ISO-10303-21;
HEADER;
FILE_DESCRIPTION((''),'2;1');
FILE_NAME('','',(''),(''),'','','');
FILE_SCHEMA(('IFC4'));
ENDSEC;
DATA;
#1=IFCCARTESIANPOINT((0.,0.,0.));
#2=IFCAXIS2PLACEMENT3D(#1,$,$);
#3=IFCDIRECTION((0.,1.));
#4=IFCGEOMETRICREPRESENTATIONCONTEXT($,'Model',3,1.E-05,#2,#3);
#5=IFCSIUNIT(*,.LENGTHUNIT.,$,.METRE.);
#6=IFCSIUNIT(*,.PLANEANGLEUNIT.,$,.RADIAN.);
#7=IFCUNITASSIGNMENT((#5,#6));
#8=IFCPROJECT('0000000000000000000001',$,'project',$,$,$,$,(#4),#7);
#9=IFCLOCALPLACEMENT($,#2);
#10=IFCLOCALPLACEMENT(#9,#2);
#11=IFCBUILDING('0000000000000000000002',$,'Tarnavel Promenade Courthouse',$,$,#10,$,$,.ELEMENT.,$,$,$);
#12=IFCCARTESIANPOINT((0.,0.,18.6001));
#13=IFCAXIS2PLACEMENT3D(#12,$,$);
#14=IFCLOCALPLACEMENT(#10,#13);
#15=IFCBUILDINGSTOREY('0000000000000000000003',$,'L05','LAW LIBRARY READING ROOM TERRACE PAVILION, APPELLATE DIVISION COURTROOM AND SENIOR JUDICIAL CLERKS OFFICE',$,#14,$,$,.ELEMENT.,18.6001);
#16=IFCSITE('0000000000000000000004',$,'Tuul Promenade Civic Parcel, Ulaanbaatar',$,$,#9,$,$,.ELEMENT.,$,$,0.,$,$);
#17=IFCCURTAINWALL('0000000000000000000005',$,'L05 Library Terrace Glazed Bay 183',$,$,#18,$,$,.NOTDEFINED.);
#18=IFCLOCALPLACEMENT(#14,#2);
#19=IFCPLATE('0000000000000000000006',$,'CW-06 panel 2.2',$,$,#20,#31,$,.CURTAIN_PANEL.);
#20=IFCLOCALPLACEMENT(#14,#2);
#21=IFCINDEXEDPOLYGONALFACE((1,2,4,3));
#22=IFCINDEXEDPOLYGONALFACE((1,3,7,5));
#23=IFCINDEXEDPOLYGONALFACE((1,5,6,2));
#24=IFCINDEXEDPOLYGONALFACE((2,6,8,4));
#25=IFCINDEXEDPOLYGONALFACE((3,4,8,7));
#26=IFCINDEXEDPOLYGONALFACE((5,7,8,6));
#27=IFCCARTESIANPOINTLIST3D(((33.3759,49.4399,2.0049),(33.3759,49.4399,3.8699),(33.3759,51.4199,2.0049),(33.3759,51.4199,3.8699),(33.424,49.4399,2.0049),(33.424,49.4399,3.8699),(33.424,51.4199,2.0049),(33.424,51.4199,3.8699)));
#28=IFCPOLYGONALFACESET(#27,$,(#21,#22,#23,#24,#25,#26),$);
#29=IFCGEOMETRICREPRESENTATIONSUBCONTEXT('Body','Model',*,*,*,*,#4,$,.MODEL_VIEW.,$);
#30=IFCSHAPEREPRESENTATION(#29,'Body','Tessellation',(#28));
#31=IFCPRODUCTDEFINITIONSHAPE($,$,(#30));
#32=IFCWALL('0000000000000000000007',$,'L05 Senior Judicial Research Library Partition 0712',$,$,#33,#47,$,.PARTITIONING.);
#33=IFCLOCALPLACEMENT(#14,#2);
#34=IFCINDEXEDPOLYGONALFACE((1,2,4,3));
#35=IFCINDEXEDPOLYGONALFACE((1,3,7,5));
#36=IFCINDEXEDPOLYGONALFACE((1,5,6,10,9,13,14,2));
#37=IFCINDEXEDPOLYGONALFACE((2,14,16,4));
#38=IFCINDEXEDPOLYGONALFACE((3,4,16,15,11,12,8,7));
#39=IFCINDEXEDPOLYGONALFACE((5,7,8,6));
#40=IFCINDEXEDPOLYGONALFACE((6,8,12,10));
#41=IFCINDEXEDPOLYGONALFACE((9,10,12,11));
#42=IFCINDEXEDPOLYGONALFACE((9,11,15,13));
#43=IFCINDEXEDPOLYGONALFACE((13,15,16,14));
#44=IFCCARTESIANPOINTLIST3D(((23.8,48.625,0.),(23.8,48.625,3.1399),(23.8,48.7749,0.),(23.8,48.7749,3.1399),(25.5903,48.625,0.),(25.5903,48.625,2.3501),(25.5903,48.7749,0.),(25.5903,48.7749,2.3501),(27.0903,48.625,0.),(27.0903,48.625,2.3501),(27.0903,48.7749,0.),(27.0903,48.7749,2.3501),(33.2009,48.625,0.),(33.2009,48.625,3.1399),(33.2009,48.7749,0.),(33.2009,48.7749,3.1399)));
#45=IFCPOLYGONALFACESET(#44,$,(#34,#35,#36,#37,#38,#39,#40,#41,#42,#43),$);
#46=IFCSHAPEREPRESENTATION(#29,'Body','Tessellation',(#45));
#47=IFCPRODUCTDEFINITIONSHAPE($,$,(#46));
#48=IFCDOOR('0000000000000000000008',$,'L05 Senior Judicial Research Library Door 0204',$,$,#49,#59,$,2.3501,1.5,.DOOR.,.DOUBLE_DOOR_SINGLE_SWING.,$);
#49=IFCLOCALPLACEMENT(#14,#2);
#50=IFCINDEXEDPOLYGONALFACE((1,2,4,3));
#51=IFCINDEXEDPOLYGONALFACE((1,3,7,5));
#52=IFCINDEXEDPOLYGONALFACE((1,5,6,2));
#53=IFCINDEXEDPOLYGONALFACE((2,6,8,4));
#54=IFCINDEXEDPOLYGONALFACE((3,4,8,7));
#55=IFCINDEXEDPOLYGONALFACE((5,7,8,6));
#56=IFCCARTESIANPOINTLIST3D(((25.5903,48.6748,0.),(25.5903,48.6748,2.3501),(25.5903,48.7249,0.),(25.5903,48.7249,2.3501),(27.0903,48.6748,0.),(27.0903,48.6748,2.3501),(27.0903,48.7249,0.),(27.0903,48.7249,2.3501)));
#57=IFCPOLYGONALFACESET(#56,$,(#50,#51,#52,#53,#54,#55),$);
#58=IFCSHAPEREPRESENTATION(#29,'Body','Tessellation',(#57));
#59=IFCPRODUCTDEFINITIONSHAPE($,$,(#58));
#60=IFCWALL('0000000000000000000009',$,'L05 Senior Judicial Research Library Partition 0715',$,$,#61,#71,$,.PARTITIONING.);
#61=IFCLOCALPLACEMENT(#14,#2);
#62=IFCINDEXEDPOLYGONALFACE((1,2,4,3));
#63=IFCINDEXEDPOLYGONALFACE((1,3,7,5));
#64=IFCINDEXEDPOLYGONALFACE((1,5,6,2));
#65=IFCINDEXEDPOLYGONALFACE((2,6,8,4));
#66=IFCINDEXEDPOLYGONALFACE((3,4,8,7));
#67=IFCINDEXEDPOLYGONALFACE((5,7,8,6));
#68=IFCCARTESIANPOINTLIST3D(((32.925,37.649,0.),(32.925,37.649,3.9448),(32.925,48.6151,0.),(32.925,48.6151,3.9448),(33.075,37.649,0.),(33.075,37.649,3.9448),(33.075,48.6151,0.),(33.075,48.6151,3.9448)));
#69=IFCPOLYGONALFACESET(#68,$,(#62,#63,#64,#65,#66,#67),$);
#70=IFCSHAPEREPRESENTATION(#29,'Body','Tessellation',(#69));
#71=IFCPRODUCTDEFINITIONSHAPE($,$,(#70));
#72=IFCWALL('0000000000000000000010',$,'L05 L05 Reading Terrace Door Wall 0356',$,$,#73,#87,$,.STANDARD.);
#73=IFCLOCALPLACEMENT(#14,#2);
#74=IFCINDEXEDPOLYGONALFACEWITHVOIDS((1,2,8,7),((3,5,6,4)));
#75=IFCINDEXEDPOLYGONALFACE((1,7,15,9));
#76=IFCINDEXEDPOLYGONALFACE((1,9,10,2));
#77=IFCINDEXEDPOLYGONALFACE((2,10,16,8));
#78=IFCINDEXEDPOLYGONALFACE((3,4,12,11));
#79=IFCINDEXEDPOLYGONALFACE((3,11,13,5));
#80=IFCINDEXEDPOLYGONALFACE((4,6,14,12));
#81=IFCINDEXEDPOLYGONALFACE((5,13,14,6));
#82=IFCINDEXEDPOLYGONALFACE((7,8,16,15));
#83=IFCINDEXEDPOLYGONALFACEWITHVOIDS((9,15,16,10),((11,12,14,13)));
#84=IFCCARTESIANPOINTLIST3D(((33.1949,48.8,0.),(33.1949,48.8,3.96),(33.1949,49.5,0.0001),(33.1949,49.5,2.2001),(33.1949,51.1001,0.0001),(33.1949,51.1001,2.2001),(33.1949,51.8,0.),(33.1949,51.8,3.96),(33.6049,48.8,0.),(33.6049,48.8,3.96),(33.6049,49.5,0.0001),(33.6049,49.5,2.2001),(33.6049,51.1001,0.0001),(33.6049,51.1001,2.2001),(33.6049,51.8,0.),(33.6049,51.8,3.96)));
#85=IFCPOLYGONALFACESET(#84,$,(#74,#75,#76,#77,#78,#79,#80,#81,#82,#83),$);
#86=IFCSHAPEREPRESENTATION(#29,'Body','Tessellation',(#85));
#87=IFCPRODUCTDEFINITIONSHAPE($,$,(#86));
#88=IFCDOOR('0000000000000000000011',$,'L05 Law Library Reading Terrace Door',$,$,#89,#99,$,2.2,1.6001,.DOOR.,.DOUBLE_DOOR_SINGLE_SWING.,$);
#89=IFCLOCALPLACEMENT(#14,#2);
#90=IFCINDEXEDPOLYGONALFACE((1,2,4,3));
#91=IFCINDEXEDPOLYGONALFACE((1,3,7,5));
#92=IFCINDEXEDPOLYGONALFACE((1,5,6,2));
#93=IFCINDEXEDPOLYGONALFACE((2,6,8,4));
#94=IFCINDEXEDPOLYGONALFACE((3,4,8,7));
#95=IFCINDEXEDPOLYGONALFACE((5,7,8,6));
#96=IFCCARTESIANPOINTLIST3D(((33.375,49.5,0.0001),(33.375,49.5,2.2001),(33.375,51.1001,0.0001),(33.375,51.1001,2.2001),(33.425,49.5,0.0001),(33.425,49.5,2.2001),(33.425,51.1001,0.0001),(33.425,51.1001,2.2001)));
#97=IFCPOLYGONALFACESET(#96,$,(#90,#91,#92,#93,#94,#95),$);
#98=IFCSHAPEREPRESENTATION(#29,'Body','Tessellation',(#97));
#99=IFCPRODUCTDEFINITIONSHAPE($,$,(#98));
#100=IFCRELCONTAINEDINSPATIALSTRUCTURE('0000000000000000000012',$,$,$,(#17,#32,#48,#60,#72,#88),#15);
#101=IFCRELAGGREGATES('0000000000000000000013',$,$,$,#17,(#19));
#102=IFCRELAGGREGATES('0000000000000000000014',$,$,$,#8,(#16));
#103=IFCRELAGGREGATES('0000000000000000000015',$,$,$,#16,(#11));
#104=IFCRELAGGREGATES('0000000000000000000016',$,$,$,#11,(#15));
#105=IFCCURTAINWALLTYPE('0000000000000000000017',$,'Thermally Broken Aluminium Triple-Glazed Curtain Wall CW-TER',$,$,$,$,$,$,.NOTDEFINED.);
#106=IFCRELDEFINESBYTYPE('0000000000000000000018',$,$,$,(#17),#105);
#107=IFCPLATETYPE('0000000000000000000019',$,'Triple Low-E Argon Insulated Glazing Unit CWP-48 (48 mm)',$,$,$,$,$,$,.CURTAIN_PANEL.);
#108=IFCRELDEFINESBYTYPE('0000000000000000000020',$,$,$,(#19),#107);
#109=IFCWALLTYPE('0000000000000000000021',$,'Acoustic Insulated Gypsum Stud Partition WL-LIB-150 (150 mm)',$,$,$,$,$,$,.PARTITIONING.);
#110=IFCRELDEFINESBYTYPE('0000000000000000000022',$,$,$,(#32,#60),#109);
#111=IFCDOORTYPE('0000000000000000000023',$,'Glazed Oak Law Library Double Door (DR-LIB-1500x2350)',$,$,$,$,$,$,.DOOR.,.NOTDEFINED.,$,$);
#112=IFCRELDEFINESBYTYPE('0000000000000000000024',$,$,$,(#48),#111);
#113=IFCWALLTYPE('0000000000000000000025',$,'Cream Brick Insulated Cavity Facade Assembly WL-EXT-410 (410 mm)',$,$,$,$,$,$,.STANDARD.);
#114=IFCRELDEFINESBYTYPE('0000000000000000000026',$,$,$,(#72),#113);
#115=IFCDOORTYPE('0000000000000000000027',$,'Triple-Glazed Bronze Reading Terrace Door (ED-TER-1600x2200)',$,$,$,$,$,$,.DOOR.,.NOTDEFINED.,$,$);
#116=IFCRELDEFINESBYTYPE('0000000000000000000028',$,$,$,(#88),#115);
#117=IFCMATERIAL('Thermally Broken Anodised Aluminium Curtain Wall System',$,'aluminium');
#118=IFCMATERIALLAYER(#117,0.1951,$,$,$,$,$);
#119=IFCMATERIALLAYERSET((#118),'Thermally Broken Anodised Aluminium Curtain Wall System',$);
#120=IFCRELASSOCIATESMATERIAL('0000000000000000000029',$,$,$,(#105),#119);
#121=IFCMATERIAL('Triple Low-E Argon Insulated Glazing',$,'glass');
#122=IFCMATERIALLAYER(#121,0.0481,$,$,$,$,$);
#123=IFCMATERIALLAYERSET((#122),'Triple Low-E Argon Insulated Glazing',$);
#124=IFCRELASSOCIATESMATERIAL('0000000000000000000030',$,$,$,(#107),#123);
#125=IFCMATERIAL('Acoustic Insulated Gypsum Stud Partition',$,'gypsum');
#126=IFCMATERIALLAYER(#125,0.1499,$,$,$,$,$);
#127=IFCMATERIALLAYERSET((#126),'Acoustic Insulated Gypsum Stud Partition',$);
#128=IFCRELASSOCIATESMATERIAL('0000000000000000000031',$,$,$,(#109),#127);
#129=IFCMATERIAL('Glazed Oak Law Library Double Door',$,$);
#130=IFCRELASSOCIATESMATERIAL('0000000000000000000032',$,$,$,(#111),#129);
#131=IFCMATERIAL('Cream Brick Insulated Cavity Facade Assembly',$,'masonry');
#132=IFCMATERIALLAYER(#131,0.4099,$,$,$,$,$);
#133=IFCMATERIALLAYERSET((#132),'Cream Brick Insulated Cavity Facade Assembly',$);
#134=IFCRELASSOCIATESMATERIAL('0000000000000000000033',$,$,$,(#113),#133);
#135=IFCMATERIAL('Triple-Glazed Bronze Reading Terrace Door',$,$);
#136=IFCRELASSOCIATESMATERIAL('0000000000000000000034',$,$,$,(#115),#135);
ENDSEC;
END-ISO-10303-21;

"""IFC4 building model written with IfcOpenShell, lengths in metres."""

from ifc_helpers import new_model, si_unit, direction, frame, frame_2d, origin, origin_2d, place, context, subcontext, project, spatial, rectangle, extrude, material, layer, layer_set, type_object, element, fill, aggregate, save


model = new_model("IFC4")

# Units and contexts
model_context = context("Model", 3, precision=1e-05, world=origin(), true_north=direction((0.0, 1.0)))
body_context = subcontext(model_context, "Body", "Model", "MODEL_VIEW")
ifc_project = project(units=[si_unit("LENGTHUNIT", "METRE"), si_unit("PLANEANGLEUNIT", "RADIAN")], contexts=[model_context])

# Site, building, storey
site_placement = place(None, origin())
site = spatial("IfcSite", under=ifc_project, at=site_placement, Name="Tuul Promenade Civic Parcel, Ulaanbaatar", CompositionType="ELEMENT", RefElevation=0.0)
building_placement = place(site_placement, origin())
building = spatial("IfcBuilding", under=site, at=building_placement, Name="Tarnavel Promenade Courthouse", CompositionType="ELEMENT")
storey_placement = place(building_placement, frame((0.0, 0.0, 18.6001)))
storey = spatial("IfcBuildingStorey", under=building, at=storey_placement, Name="L05", Description="LAW LIBRARY READING ROOM TERRACE PAVILION, APPELLATE DIVISION COURTROOM AND SENIOR JUDICIAL CLERKS OFFICE", CompositionType="ELEMENT", Elevation=18.6001)

# Shared definitions
ifc_material_1 = material(Name="Thermally Broken Anodised Aluminium Curtain Wall System", Category="aluminium")
ifc_layer_1 = layer(ifc_material_1, 0.1951)
ifc_layer_set_1 = layer_set([ifc_layer_1], Name="Thermally Broken Anodised Aluminium Curtain Wall System")
curtain_wall_type = type_object("IfcCurtainWallType", Name="Thermally Broken Aluminium Triple-Glazed Curtain Wall CW-TER", PredefinedType="NOTDEFINED", material=ifc_layer_set_1)

# Curtain wall
curtain_wall_1_placement = place(storey_placement, origin())
curtain_wall_1 = element("IfcCurtainWall", 1, at=curtain_wall_1_placement, inside=storey, type_object=curtain_wall_type, Name="L05 Library Terrace Glazed Bay 183", PredefinedType="NOTDEFINED")

# Plate
ifc_material_2 = material(Name="Triple Low-E Argon Insulated Glazing", Category="glass")
ifc_layer_2 = layer(ifc_material_2, 0.0481)
ifc_layer_set_2 = layer_set([ifc_layer_2], Name="Triple Low-E Argon Insulated Glazing")
plate_type = type_object("IfcPlateType", Name="Triple Low-E Argon Insulated Glazing Unit CWP-48 (48 mm)", PredefinedType="CURTAIN_PANEL", material=ifc_layer_set_2)
plate_1_placement = place(storey_placement, frame((33.3999, 50.4299, 2.0049), z_axis=(0.0, 0.0, 1.0), x_axis=(0.0, 1.0, 0.0)))
plate_1 = element("IfcPlate", 2, at=plate_1_placement, type_object=plate_type, Name="CW-06 panel 2.2", PredefinedType="CURTAIN_PANEL", context=body_context, shape_type="SweptSolid", body=[
    extrude(rectangle(XDim=1.98, YDim=0.0481, at=origin_2d()), origin(), (0.0, 0.0, 1.0), 1.865),
])
aggregate(curtain_wall_1, [plate_1])

# Wall, opening, door
ifc_material_3 = material(Name="Acoustic Insulated Gypsum Stud Partition", Category="gypsum")
ifc_layer_3 = layer(ifc_material_3, 0.1499)
ifc_layer_set_3 = layer_set([ifc_layer_3], Name="Acoustic Insulated Gypsum Stud Partition")
wall_type_1 = type_object("IfcWallType", Name="Acoustic Insulated Gypsum Stud Partition WL-LIB-150 (150 mm)", PredefinedType="PARTITIONING", material=ifc_layer_set_3)
wall_1_placement = place(storey_placement, frame((23.8, 48.7, 0.0), z_axis=(0.0, 0.0, 1.0), x_axis=(1.0, 0.0, 0.0)))
wall_1 = element("IfcWall", 3, at=wall_1_placement, inside=storey, type_object=wall_type_1, Name="L05 Senior Judicial Research Library Partition 0712", PredefinedType="PARTITIONING", context=body_context, shape_type="SweptSolid", body=[
    extrude(rectangle(XDim=9.4009, YDim=0.1499, at=frame_2d((4.7004, 0.0))), origin(), (0.0, 0.0, 1.0), 3.1399),
])
opening_1_placement = place(wall_1_placement, frame((1.7903, 0.0, 0.0)))
opening_1 = element("IfcOpeningElement", 4, at=opening_1_placement, cuts=wall_1, PredefinedType="OPENING", context=body_context, shape_type="SweptSolid", body=[
    extrude(rectangle(XDim=1.5, YDim=2.3501, at=frame_2d((0.75, 1.175))), frame((0.0, 0.085, 0.0), z_axis=(0.0, -1.0, 0.0), x_axis=(1.0, 0.0, 0.0)), (0.0, 0.0, 1.0), 0.1699),
])
ifc_material_4 = material(Name="Glazed Oak Law Library Double Door")
door_type_1 = type_object("IfcDoorType", Name="Glazed Oak Law Library Double Door (DR-LIB-1500x2350)", OperationType="NOTDEFINED", PredefinedType="DOOR", material=ifc_material_4)
door_1_placement = place(opening_1_placement, origin())
door_1 = element("IfcDoor", 5, at=door_1_placement, inside=storey, type_object=door_type_1, Name="L05 Senior Judicial Research Library Door 0204", OperationType="DOUBLE_DOOR_SINGLE_SWING", OverallHeight=2.3501, OverallWidth=1.5, PredefinedType="DOOR", context=body_context, shape_type="SweptSolid", body=[
    extrude(rectangle(XDim=1.5, YDim=2.3501, at=frame_2d((0.75, 1.175))), frame((0.0, 0.0249, 0.0), z_axis=(0.0, -1.0, 0.0), x_axis=(1.0, 0.0, 0.0)), (0.0, 0.0, 1.0), 0.05),
])
fill(opening_1, door_1)

# Wall
wall_2_placement = place(storey_placement, frame((33.0, 48.615, 0.0), z_axis=(0.0, 0.0, 1.0), x_axis=(0.0, -1.0, 0.0)))
element("IfcWall", 6, at=wall_2_placement, inside=storey, type_object=wall_type_1, Name="L05 Senior Judicial Research Library Partition 0715", PredefinedType="PARTITIONING", context=body_context, shape_type="SweptSolid", body=[
    extrude(rectangle(XDim=10.9661, YDim=0.1499, at=frame_2d((5.4829, 0.0))), origin(), (0.0, 0.0, 1.0), 3.9448),
])

# Wall, opening, door
ifc_material_5 = material(Name="Cream Brick Insulated Cavity Facade Assembly", Category="masonry")
ifc_layer_4 = layer(ifc_material_5, 0.4099)
ifc_layer_set_4 = layer_set([ifc_layer_4], Name="Cream Brick Insulated Cavity Facade Assembly")
wall_type_2 = type_object("IfcWallType", Name="Cream Brick Insulated Cavity Facade Assembly WL-EXT-410 (410 mm)", PredefinedType="STANDARD", material=ifc_layer_set_4)
wall_3_placement = place(storey_placement, frame((33.3999, 48.8, 0.0), z_axis=(0.0, 0.0, 1.0), x_axis=(0.0, 1.0, 0.0)))
wall_3 = element("IfcWall", 7, at=wall_3_placement, inside=storey, type_object=wall_type_2, Name="L05 L05 Reading Terrace Door Wall 0356", PredefinedType="STANDARD", context=body_context, shape_type="SweptSolid", body=[
    extrude(rectangle(XDim=3.0, YDim=0.4099, at=frame_2d((1.5, 0.0))), origin(), (0.0, 0.0, 1.0), 3.96),
])
opening_2_placement = place(wall_3_placement, frame((0.7, 0.0, 0.0)))
opening_2 = element("IfcOpeningElement", 8, at=opening_2_placement, cuts=wall_3, PredefinedType="OPENING", context=body_context, shape_type="SweptSolid", body=[
    extrude(rectangle(XDim=1.6001, YDim=2.2, at=frame_2d((0.8, 1.1001))), frame((0.0, 0.2148, 0.0), z_axis=(0.0, -1.0, 0.0), x_axis=(1.0, 0.0, 0.0)), (0.0, 0.0, 1.0), 0.4299),
])
ifc_material_6 = material(Name="Triple-Glazed Bronze Reading Terrace Door")
door_type_2 = type_object("IfcDoorType", Name="Triple-Glazed Bronze Reading Terrace Door (ED-TER-1600x2200)", OperationType="NOTDEFINED", PredefinedType="DOOR", material=ifc_material_6)
door_2_placement = place(opening_2_placement, origin())
door_2 = element("IfcDoor", 9, at=door_2_placement, inside=storey, type_object=door_type_2, Name="L05 Law Library Reading Terrace Door", OperationType="DOUBLE_DOOR_SINGLE_SWING", OverallHeight=2.2, OverallWidth=1.6001, PredefinedType="DOOR", context=body_context, shape_type="SweptSolid", body=[
    extrude(rectangle(XDim=1.6001, YDim=2.2, at=frame_2d((0.8, 1.1001))), frame((0.0, 0.0249, 0.0), z_axis=(0.0, -1.0, 0.0), x_axis=(1.0, 0.0, 0.0)), (0.0, 0.0, 1.0), 0.05),
])
fill(opening_2, door_2)

save(model, "model.ifc")
